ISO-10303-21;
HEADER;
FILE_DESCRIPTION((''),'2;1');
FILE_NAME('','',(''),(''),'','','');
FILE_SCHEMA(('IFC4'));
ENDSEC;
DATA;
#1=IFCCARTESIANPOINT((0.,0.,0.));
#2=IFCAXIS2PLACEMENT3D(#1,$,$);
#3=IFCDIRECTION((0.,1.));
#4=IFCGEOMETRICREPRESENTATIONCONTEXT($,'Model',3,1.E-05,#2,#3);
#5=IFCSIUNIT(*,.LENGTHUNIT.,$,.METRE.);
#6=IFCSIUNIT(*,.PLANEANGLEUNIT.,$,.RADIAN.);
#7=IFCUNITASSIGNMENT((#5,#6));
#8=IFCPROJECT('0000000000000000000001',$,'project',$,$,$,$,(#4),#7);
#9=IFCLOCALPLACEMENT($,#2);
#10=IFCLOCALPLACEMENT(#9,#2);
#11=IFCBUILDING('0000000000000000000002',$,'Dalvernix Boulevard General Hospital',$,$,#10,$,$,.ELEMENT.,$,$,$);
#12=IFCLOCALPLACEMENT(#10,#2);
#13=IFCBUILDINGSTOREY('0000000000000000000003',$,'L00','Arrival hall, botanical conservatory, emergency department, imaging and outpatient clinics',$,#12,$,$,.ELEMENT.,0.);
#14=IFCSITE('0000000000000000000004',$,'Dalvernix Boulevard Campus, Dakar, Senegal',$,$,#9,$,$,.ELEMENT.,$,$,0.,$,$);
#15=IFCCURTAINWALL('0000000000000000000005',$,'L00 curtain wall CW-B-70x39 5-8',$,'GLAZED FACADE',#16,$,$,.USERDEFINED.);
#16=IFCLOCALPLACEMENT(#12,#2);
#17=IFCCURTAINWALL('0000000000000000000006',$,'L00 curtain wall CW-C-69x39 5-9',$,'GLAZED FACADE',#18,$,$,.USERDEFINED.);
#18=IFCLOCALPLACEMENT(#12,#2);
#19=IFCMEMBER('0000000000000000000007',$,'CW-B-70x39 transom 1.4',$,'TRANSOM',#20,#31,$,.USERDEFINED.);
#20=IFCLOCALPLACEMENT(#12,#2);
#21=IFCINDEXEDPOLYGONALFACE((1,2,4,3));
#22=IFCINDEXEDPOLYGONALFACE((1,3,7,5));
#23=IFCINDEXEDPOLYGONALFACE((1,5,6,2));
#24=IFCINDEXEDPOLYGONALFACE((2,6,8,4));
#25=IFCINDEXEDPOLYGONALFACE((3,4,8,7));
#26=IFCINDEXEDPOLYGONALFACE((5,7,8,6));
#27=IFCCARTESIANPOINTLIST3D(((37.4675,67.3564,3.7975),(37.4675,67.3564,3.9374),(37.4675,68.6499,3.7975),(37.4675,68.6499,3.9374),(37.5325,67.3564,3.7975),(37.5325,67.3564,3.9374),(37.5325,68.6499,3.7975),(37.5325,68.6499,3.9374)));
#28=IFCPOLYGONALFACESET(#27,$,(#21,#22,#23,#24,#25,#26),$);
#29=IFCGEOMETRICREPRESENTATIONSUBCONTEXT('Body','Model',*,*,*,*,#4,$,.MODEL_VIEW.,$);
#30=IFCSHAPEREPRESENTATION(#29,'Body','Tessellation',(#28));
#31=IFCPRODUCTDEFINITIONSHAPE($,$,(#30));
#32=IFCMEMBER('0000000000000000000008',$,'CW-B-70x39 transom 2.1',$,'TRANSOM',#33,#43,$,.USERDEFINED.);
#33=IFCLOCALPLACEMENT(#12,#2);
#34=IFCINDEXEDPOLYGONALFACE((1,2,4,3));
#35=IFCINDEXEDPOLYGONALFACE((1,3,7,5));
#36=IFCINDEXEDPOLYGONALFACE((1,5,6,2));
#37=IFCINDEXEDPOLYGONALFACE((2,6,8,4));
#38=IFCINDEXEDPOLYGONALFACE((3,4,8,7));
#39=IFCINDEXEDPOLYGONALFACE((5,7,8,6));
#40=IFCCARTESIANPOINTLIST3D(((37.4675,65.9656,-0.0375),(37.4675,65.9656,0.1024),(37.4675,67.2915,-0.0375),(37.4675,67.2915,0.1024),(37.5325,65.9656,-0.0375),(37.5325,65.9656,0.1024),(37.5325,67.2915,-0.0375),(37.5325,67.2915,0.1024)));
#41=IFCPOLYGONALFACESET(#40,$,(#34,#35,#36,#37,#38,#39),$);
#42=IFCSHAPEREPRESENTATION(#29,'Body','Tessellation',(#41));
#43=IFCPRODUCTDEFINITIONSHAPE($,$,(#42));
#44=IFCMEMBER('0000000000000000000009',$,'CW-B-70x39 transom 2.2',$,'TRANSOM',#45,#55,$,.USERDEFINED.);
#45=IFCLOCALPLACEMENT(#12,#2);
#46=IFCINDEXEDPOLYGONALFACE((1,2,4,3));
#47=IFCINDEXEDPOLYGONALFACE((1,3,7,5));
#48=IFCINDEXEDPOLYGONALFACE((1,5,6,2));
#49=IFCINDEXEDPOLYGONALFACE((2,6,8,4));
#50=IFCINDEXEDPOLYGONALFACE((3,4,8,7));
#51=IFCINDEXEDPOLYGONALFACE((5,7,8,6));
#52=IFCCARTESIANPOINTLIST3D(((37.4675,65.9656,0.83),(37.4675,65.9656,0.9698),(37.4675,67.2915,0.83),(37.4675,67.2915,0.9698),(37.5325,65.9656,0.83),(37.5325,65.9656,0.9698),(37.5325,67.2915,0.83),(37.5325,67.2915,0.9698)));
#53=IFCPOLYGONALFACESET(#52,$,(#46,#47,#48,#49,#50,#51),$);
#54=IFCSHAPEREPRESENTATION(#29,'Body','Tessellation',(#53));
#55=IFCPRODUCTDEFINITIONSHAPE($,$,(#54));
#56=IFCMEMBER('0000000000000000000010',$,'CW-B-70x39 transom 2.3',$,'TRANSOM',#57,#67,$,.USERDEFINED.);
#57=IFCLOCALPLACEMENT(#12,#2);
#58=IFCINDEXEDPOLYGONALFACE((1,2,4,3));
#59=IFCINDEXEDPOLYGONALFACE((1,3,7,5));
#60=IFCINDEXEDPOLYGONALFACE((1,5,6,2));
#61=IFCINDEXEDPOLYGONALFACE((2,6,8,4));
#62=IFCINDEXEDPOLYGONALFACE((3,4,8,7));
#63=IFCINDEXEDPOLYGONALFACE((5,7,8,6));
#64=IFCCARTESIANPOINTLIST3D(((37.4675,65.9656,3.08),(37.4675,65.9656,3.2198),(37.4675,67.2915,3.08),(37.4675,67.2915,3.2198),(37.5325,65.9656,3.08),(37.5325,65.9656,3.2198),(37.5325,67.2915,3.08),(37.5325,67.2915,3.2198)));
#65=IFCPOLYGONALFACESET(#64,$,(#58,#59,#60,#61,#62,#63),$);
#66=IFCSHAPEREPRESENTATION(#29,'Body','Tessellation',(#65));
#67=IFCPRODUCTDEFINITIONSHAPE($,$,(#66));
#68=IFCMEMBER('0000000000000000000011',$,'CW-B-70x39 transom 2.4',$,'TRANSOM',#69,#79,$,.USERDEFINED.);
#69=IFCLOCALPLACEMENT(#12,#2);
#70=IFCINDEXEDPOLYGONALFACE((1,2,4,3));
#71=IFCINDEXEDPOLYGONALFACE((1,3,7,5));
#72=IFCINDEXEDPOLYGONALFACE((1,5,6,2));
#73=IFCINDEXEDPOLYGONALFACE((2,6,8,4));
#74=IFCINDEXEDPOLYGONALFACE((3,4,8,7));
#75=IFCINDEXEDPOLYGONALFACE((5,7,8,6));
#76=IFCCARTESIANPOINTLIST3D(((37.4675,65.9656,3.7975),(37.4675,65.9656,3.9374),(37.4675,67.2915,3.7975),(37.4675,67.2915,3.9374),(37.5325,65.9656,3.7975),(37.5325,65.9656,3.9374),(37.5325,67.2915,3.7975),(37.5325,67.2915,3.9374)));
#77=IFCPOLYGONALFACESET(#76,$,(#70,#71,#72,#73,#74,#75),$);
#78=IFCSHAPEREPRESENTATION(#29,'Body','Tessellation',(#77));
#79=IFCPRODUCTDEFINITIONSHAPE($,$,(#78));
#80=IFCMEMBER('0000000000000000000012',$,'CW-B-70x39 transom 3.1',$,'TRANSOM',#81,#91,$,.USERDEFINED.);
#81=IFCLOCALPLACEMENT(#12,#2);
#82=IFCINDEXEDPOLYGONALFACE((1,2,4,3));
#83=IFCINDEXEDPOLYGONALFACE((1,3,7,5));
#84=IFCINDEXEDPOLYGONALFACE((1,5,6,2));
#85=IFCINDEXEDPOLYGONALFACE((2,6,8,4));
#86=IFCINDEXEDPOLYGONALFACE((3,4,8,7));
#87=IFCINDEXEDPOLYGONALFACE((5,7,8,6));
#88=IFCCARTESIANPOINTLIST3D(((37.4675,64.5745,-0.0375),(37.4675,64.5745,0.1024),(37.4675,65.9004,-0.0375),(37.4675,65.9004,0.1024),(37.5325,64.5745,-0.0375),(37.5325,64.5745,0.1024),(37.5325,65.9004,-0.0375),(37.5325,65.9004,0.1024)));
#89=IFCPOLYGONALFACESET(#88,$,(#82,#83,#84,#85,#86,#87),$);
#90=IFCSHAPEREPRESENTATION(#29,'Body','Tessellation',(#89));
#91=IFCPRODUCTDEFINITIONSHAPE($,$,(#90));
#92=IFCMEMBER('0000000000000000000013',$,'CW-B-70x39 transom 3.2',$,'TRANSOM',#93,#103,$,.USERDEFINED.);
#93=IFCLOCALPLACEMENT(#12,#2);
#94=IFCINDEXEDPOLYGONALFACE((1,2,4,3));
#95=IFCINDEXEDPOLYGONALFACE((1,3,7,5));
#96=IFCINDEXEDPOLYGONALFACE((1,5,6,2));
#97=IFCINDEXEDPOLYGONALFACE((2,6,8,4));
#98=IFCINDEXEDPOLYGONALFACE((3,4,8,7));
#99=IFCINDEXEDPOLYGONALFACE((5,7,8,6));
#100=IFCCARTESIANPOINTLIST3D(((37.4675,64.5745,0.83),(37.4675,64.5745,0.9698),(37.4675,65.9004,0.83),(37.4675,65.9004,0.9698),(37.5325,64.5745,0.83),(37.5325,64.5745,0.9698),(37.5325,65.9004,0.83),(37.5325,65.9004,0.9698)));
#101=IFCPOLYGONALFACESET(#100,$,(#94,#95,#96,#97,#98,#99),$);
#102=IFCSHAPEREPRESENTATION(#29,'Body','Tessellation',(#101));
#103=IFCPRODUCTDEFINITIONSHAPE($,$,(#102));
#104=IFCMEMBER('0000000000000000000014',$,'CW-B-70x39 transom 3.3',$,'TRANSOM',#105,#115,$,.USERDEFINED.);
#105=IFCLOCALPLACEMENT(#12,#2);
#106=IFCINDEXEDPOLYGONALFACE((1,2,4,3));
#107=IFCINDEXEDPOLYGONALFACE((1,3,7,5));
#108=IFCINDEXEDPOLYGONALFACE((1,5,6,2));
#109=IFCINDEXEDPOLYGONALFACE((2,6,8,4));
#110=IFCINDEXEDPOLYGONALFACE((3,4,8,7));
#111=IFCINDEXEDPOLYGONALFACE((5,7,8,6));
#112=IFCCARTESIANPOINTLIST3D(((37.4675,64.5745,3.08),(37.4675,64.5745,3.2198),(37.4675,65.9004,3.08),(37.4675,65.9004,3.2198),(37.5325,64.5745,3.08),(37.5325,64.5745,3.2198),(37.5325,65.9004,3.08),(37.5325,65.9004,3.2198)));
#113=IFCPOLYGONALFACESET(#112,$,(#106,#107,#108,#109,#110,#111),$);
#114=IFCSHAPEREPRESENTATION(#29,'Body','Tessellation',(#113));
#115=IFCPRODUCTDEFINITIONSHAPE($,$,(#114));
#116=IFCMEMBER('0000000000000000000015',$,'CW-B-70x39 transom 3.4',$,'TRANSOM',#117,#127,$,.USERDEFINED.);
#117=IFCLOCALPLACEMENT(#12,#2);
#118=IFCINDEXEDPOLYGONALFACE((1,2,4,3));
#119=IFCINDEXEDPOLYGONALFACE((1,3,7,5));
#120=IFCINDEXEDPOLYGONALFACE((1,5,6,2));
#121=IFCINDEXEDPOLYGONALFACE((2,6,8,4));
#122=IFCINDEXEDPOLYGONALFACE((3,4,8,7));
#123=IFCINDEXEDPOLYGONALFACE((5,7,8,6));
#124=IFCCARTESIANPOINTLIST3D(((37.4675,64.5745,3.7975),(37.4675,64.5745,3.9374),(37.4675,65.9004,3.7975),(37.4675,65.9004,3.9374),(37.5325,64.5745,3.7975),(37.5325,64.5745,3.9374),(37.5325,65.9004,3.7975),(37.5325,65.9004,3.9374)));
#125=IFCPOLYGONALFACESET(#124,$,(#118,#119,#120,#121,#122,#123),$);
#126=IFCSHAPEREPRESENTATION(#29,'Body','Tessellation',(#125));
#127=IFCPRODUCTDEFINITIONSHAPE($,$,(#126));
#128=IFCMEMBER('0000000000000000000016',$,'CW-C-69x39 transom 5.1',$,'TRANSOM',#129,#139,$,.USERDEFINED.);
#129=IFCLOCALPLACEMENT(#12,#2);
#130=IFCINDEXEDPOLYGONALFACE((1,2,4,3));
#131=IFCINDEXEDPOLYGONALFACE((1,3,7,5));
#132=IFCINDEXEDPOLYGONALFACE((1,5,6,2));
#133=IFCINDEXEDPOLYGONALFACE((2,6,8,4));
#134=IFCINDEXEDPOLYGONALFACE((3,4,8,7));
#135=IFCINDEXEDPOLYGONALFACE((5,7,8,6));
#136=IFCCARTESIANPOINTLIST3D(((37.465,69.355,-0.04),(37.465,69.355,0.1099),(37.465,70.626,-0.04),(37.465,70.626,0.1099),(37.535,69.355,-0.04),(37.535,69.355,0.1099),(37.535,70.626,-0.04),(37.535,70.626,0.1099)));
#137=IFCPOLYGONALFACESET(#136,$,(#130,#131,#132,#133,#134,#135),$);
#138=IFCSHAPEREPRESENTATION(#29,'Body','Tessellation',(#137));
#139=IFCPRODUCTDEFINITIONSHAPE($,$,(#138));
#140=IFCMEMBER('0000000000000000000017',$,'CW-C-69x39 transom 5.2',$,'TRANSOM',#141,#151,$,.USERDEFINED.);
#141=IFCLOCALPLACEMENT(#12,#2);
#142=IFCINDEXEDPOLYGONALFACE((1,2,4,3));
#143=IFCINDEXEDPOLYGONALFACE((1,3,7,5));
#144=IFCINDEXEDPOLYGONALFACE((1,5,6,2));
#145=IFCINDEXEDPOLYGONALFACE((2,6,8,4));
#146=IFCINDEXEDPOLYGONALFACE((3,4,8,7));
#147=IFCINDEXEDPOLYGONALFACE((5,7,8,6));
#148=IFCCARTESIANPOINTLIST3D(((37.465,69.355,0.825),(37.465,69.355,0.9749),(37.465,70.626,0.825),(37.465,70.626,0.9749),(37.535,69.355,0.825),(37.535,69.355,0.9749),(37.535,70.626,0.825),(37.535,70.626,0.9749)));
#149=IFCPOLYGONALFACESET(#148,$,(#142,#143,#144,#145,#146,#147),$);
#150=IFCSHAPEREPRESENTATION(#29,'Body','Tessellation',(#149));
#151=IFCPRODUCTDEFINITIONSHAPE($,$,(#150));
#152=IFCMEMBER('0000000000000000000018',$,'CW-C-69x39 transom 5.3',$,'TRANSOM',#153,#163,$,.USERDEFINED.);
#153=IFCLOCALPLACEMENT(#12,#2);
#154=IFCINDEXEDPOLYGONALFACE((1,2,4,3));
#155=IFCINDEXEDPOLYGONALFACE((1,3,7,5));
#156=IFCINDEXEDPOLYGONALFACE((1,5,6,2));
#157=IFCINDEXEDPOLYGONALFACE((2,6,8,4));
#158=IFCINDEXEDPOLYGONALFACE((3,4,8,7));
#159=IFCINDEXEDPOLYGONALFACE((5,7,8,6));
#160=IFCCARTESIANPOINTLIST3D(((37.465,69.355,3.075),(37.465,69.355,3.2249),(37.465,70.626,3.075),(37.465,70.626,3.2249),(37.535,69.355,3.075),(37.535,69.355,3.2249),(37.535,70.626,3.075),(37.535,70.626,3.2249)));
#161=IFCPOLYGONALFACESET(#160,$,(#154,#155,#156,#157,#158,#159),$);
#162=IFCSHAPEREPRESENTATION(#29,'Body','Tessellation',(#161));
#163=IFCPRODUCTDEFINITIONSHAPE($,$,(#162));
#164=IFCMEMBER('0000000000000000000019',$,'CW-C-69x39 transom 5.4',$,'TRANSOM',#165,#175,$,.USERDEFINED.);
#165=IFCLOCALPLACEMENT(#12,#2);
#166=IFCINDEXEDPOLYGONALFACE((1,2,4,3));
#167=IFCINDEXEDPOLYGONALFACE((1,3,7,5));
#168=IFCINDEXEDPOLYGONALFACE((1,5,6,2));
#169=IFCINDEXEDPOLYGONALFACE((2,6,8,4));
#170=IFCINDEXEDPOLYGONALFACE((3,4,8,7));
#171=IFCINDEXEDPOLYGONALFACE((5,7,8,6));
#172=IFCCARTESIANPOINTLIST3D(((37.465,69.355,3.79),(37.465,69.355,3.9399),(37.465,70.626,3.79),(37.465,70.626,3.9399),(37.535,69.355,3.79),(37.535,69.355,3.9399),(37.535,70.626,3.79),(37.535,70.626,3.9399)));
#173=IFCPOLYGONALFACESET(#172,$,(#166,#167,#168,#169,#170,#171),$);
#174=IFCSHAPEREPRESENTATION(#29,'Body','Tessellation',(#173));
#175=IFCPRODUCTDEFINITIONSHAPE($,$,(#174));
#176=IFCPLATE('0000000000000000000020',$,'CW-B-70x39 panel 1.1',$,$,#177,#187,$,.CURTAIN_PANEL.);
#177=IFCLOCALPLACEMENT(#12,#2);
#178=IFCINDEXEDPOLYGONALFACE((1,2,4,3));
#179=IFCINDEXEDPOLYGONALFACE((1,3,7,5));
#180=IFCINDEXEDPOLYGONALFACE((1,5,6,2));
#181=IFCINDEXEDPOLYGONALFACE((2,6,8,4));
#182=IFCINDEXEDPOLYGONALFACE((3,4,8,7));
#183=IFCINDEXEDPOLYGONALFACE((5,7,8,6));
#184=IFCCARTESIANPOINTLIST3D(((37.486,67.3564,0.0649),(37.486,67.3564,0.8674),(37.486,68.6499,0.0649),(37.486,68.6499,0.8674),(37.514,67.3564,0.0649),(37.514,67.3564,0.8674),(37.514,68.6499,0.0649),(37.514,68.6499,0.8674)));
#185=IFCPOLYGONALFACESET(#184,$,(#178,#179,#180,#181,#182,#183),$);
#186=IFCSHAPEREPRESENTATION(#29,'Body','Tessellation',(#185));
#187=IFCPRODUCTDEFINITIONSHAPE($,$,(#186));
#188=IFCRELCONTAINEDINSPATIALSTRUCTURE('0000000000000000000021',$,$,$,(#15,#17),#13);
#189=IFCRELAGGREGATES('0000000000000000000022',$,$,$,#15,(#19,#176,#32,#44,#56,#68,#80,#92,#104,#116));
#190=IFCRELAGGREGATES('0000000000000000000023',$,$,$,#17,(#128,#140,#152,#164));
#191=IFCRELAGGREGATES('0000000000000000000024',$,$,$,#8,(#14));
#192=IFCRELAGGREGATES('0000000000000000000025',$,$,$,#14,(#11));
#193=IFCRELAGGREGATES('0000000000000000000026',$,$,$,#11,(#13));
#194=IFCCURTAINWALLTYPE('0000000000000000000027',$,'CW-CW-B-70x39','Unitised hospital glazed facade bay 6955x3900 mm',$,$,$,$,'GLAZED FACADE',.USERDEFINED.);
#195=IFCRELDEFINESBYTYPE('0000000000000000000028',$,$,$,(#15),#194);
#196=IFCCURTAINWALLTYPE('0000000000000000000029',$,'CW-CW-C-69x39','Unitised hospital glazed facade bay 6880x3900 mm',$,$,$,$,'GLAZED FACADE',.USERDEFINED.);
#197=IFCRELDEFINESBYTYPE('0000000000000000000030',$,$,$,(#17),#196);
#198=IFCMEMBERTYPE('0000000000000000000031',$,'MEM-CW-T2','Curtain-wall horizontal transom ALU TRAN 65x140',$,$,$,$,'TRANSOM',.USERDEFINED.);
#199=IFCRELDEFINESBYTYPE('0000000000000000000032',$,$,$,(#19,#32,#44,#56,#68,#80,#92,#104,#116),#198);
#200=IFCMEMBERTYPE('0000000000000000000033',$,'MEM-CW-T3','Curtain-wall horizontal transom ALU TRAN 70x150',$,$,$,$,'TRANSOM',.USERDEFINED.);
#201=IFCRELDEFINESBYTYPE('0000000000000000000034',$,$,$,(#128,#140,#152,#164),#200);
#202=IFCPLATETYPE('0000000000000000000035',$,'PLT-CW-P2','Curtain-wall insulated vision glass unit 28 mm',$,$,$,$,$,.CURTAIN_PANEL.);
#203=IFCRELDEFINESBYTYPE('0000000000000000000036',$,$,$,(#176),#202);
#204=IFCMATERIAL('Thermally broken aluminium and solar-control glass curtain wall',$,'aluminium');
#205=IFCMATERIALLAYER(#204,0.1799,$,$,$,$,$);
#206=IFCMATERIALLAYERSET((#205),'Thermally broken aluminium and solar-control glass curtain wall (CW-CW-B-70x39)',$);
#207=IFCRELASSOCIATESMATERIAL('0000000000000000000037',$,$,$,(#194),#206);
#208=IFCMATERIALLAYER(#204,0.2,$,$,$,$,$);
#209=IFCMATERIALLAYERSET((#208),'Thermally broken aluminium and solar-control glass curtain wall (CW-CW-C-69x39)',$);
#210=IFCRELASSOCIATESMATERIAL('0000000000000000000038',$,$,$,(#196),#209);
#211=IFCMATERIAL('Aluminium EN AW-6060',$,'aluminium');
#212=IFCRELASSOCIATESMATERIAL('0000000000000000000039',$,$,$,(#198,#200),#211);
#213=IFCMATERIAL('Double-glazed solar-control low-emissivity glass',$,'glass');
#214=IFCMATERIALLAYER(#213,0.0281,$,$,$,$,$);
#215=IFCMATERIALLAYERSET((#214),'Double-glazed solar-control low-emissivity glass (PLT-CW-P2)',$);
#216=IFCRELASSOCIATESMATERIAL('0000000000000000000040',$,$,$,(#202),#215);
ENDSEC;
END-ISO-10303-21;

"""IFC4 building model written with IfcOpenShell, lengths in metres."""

from ifc_helpers import new_model, si_unit, direction, frame, origin, origin_2d, place, context, subcontext, project, spatial, rectangle, extrude, material, layer, layer_set, material_profile, profile_set, type_object, element, aggregate, save


model = new_model("IFC4")

# Units and contexts
model_context = context("Model", 3, precision=1e-05, world=origin(), true_north=direction((0.0, 1.0)))
body_context = subcontext(model_context, "Body", "Model", "MODEL_VIEW")
ifc_project = project(units=[si_unit("LENGTHUNIT", "METRE"), si_unit("PLANEANGLEUNIT", "RADIAN")], contexts=[model_context])

# Site, building, storey
site_placement = place(None, origin())
site = spatial("IfcSite", under=ifc_project, at=site_placement, Name="Dalvernix Boulevard Campus, Dakar, Senegal", CompositionType="ELEMENT", RefElevation=0.0)
building_placement = place(site_placement, origin())
building = spatial("IfcBuilding", under=site, at=building_placement, Name="Dalvernix Boulevard General Hospital", CompositionType="ELEMENT")
storey_placement = place(building_placement, origin())
storey = spatial("IfcBuildingStorey", under=building, at=storey_placement, Name="L00", Description="Arrival hall, botanical conservatory, emergency department, imaging and outpatient clinics", CompositionType="ELEMENT", Elevation=0.0)

# Curtain walls
ifc_material_1 = material(Name="Thermally broken aluminium and solar-control glass curtain wall", Category="aluminium")
ifc_layer_1 = layer(ifc_material_1, 0.1799)
ifc_layer_set_1 = layer_set([ifc_layer_1], Name="Thermally broken aluminium and solar-control glass curtain wall (CW-CW-B-70x39)")
curtain_wall_type_1 = type_object("IfcCurtainWallType", Name="CW-CW-B-70x39", Description="Unitised hospital glazed facade bay 6955x3900 mm", ElementType="GLAZED FACADE", PredefinedType="USERDEFINED", material=ifc_layer_set_1)
curtain_wall_1_placement = place(storey_placement, origin())
curtain_wall_1 = element("IfcCurtainWall", 1, at=curtain_wall_1_placement, inside=storey, type_object=curtain_wall_type_1, Name="L00 curtain wall CW-B-70x39 5-8", ObjectType="GLAZED FACADE", PredefinedType="USERDEFINED")
ifc_material_2 = material(Name="Aluminium EN AW-6060", Category="aluminium")
ifc_layer_2 = layer(ifc_material_1, 0.2)
ifc_layer_set_2 = layer_set([ifc_layer_2], Name="Thermally broken aluminium and solar-control glass curtain wall (CW-CW-C-69x39)")
curtain_wall_type_2 = type_object("IfcCurtainWallType", Name="CW-CW-C-69x39", Description="Unitised hospital glazed facade bay 6880x3900 mm", ElementType="GLAZED FACADE", PredefinedType="USERDEFINED", material=ifc_layer_set_2)
curtain_wall_2_placement = place(storey_placement, origin())
curtain_wall_2 = element("IfcCurtainWall", 2, at=curtain_wall_2_placement, inside=storey, type_object=curtain_wall_type_2, Name="L00 curtain wall CW-C-69x39 5-9", ObjectType="GLAZED FACADE", PredefinedType="USERDEFINED")

# Members
ifc_material_profile_1 = material_profile(ifc_material_2, rectangle(XDim=0.0649, YDim=0.1399, at=origin_2d()), Name="ALU TRAN 65x140")
ifc_profile_set_1 = profile_set([ifc_material_profile_1], Name="Aluminium EN AW-6060")
member_type_1 = type_object("IfcMemberType", Name="MEM-CW-T2", Description="Curtain-wall horizontal transom ALU TRAN 65x140", ElementType="TRANSOM", PredefinedType="USERDEFINED", material=ifc_profile_set_1)
member_1_placement = place(storey_placement, frame((37.5, 68.6499, 3.8674), z_axis=(0.0, -1.0, 0.0), x_axis=(1.0, 0.0, 0.0)))
member_1 = element("IfcMember", 3, at=member_1_placement, type_object=member_type_1, Name="CW-B-70x39 transom 1.4", ObjectType="TRANSOM", PredefinedType="USERDEFINED", context=body_context, shape_type="SweptSolid", body=[
    extrude(rectangle(XDim=0.0649, YDim=0.1399, at=origin_2d()), origin(), (0.0, 0.0, 1.0), 1.2935),
])
member_2_placement = place(storey_placement, frame((37.5, 67.2915, 0.0325), z_axis=(0.0, -1.0, 0.0), x_axis=(1.0, 0.0, 0.0)))
member_2 = element("IfcMember", 4, at=member_2_placement, type_object=member_type_1, Name="CW-B-70x39 transom 2.1", ObjectType="TRANSOM", PredefinedType="USERDEFINED", context=body_context, shape_type="SweptSolid", body=[
    extrude(rectangle(XDim=0.0649, YDim=0.1399, at=origin_2d()), origin(), (0.0, 0.0, 1.0), 1.3259),
])
member_3_placement = place(storey_placement, frame((37.5, 67.2915, 0.8999), z_axis=(0.0, -1.0, 0.0), x_axis=(1.0, 0.0, 0.0)))
member_3 = element("IfcMember", 5, at=member_3_placement, type_object=member_type_1, Name="CW-B-70x39 transom 2.2", ObjectType="TRANSOM", PredefinedType="USERDEFINED", context=body_context, shape_type="SweptSolid", body=[
    extrude(rectangle(XDim=0.0649, YDim=0.1399, at=origin_2d()), origin(), (0.0, 0.0, 1.0), 1.3259),
])
member_4_placement = place(storey_placement, frame((37.5, 67.2915, 3.1499), z_axis=(0.0, -1.0, 0.0), x_axis=(1.0, 0.0, 0.0)))
member_4 = element("IfcMember", 6, at=member_4_placement, type_object=member_type_1, Name="CW-B-70x39 transom 2.3", ObjectType="TRANSOM", PredefinedType="USERDEFINED", context=body_context, shape_type="SweptSolid", body=[
    extrude(rectangle(XDim=0.0649, YDim=0.1399, at=origin_2d()), origin(), (0.0, 0.0, 1.0), 1.3259),
])
member_5_placement = place(storey_placement, frame((37.5, 67.2915, 3.8674), z_axis=(0.0, -1.0, 0.0), x_axis=(1.0, 0.0, 0.0)))
member_5 = element("IfcMember", 7, at=member_5_placement, type_object=member_type_1, Name="CW-B-70x39 transom 2.4", ObjectType="TRANSOM", PredefinedType="USERDEFINED", context=body_context, shape_type="SweptSolid", body=[
    extrude(rectangle(XDim=0.0649, YDim=0.1399, at=origin_2d()), origin(), (0.0, 0.0, 1.0), 1.3259),
])
member_6_placement = place(storey_placement, frame((37.5, 65.9004, 0.0325), z_axis=(0.0, -1.0, 0.0), x_axis=(1.0, 0.0, 0.0)))
member_6 = element("IfcMember", 8, at=member_6_placement, type_object=member_type_1, Name="CW-B-70x39 transom 3.1", ObjectType="TRANSOM", PredefinedType="USERDEFINED", context=body_context, shape_type="SweptSolid", body=[
    extrude(rectangle(XDim=0.0649, YDim=0.1399, at=origin_2d()), origin(), (0.0, 0.0, 1.0), 1.3259),
])
member_7_placement = place(storey_placement, frame((37.5, 65.9004, 0.8999), z_axis=(0.0, -1.0, 0.0), x_axis=(1.0, 0.0, 0.0)))
member_7 = element("IfcMember", 9, at=member_7_placement, type_object=member_type_1, Name="CW-B-70x39 transom 3.2", ObjectType="TRANSOM", PredefinedType="USERDEFINED", context=body_context, shape_type="SweptSolid", body=[
    extrude(rectangle(XDim=0.0649, YDim=0.1399, at=origin_2d()), origin(), (0.0, 0.0, 1.0), 1.3259),
])
member_8_placement = place(storey_placement, frame((37.5, 65.9004, 3.1499), z_axis=(0.0, -1.0, 0.0), x_axis=(1.0, 0.0, 0.0)))
member_8 = element("IfcMember", 10, at=member_8_placement, type_object=member_type_1, Name="CW-B-70x39 transom 3.3", ObjectType="TRANSOM", PredefinedType="USERDEFINED", context=body_context, shape_type="SweptSolid", body=[
    extrude(rectangle(XDim=0.0649, YDim=0.1399, at=origin_2d()), origin(), (0.0, 0.0, 1.0), 1.3259),
])
member_9_placement = place(storey_placement, frame((37.5, 65.9004, 3.8674), z_axis=(0.0, -1.0, 0.0), x_axis=(1.0, 0.0, 0.0)))
member_9 = element("IfcMember", 11, at=member_9_placement, type_object=member_type_1, Name="CW-B-70x39 transom 3.4", ObjectType="TRANSOM", PredefinedType="USERDEFINED", context=body_context, shape_type="SweptSolid", body=[
    extrude(rectangle(XDim=0.0649, YDim=0.1399, at=origin_2d()), origin(), (0.0, 0.0, 1.0), 1.3259),
])
ifc_material_profile_2 = material_profile(ifc_material_2, rectangle(XDim=0.0701, YDim=0.1499, at=origin_2d()), Name="ALU TRAN 70x150")
ifc_profile_set_2 = profile_set([ifc_material_profile_2], Name="Aluminium EN AW-6060")
member_type_2 = type_object("IfcMemberType", Name="MEM-CW-T3", Description="Curtain-wall horizontal transom ALU TRAN 70x150", ElementType="TRANSOM", PredefinedType="USERDEFINED", material=ifc_profile_set_2)
member_10_placement = place(storey_placement, frame((37.5, 70.626, 0.0349), z_axis=(0.0, -1.0, 0.0), x_axis=(1.0, 0.0, 0.0)))
member_10 = element("IfcMember", 12, at=member_10_placement, type_object=member_type_2, Name="CW-C-69x39 transom 5.1", ObjectType="TRANSOM", PredefinedType="USERDEFINED", context=body_context, shape_type="SweptSolid", body=[
    extrude(rectangle(XDim=0.0701, YDim=0.1499, at=origin_2d()), origin(), (0.0, 0.0, 1.0), 1.271),
])
member_11_placement = place(storey_placement, frame((37.5, 70.626, 0.8999), z_axis=(0.0, -1.0, 0.0), x_axis=(1.0, 0.0, 0.0)))
member_11 = element("IfcMember", 13, at=member_11_placement, type_object=member_type_2, Name="CW-C-69x39 transom 5.2", ObjectType="TRANSOM", PredefinedType="USERDEFINED", context=body_context, shape_type="SweptSolid", body=[
    extrude(rectangle(XDim=0.0701, YDim=0.1499, at=origin_2d()), origin(), (0.0, 0.0, 1.0), 1.271),
])
member_12_placement = place(storey_placement, frame((37.5, 70.626, 3.1499), z_axis=(0.0, -1.0, 0.0), x_axis=(1.0, 0.0, 0.0)))
member_12 = element("IfcMember", 14, at=member_12_placement, type_object=member_type_2, Name="CW-C-69x39 transom 5.3", ObjectType="TRANSOM", PredefinedType="USERDEFINED", context=body_context, shape_type="SweptSolid", body=[
    extrude(rectangle(XDim=0.0701, YDim=0.1499, at=origin_2d()), origin(), (0.0, 0.0, 1.0), 1.271),
])
member_13_placement = place(storey_placement, frame((37.5, 70.626, 3.865), z_axis=(0.0, -1.0, 0.0), x_axis=(1.0, 0.0, 0.0)))
member_13 = element("IfcMember", 15, at=member_13_placement, type_object=member_type_2, Name="CW-C-69x39 transom 5.4", ObjectType="TRANSOM", PredefinedType="USERDEFINED", context=body_context, shape_type="SweptSolid", body=[
    extrude(rectangle(XDim=0.0701, YDim=0.1499, at=origin_2d()), origin(), (0.0, 0.0, 1.0), 1.271),
])

# Plate
ifc_material_3 = material(Name="Double-glazed solar-control low-emissivity glass", Category="glass")
ifc_layer_3 = layer(ifc_material_3, 0.0281)
ifc_layer_set_3 = layer_set([ifc_layer_3], Name="Double-glazed solar-control low-emissivity glass (PLT-CW-P2)")
plate_type_1 = type_object("IfcPlateType", Name="PLT-CW-P2", Description="Curtain-wall insulated vision glass unit 28 mm", PredefinedType="CURTAIN_PANEL", material=ifc_layer_set_3)
plate_1_placement = place(storey_placement, frame((37.5, 68.0032, 0.0649), z_axis=(0.0, 0.0, 1.0), x_axis=(0.0, -1.0, 0.0)))
plate_1 = element("IfcPlate", 16, at=plate_1_placement, type_object=plate_type_1, Name="CW-B-70x39 panel 1.1", PredefinedType="CURTAIN_PANEL", context=body_context, shape_type="SweptSolid", body=[
    extrude(rectangle(XDim=1.2935, YDim=0.0281, at=origin_2d()), origin(), (0.0, 0.0, 1.0), 0.8025),
])
aggregate(curtain_wall_1, [member_1, plate_1, member_2, member_3, member_4, member_5, member_6, member_7, member_8, member_9])
aggregate(curtain_wall_2, [member_10, member_11, member_12, member_13])

save(model, "model.ifc")
